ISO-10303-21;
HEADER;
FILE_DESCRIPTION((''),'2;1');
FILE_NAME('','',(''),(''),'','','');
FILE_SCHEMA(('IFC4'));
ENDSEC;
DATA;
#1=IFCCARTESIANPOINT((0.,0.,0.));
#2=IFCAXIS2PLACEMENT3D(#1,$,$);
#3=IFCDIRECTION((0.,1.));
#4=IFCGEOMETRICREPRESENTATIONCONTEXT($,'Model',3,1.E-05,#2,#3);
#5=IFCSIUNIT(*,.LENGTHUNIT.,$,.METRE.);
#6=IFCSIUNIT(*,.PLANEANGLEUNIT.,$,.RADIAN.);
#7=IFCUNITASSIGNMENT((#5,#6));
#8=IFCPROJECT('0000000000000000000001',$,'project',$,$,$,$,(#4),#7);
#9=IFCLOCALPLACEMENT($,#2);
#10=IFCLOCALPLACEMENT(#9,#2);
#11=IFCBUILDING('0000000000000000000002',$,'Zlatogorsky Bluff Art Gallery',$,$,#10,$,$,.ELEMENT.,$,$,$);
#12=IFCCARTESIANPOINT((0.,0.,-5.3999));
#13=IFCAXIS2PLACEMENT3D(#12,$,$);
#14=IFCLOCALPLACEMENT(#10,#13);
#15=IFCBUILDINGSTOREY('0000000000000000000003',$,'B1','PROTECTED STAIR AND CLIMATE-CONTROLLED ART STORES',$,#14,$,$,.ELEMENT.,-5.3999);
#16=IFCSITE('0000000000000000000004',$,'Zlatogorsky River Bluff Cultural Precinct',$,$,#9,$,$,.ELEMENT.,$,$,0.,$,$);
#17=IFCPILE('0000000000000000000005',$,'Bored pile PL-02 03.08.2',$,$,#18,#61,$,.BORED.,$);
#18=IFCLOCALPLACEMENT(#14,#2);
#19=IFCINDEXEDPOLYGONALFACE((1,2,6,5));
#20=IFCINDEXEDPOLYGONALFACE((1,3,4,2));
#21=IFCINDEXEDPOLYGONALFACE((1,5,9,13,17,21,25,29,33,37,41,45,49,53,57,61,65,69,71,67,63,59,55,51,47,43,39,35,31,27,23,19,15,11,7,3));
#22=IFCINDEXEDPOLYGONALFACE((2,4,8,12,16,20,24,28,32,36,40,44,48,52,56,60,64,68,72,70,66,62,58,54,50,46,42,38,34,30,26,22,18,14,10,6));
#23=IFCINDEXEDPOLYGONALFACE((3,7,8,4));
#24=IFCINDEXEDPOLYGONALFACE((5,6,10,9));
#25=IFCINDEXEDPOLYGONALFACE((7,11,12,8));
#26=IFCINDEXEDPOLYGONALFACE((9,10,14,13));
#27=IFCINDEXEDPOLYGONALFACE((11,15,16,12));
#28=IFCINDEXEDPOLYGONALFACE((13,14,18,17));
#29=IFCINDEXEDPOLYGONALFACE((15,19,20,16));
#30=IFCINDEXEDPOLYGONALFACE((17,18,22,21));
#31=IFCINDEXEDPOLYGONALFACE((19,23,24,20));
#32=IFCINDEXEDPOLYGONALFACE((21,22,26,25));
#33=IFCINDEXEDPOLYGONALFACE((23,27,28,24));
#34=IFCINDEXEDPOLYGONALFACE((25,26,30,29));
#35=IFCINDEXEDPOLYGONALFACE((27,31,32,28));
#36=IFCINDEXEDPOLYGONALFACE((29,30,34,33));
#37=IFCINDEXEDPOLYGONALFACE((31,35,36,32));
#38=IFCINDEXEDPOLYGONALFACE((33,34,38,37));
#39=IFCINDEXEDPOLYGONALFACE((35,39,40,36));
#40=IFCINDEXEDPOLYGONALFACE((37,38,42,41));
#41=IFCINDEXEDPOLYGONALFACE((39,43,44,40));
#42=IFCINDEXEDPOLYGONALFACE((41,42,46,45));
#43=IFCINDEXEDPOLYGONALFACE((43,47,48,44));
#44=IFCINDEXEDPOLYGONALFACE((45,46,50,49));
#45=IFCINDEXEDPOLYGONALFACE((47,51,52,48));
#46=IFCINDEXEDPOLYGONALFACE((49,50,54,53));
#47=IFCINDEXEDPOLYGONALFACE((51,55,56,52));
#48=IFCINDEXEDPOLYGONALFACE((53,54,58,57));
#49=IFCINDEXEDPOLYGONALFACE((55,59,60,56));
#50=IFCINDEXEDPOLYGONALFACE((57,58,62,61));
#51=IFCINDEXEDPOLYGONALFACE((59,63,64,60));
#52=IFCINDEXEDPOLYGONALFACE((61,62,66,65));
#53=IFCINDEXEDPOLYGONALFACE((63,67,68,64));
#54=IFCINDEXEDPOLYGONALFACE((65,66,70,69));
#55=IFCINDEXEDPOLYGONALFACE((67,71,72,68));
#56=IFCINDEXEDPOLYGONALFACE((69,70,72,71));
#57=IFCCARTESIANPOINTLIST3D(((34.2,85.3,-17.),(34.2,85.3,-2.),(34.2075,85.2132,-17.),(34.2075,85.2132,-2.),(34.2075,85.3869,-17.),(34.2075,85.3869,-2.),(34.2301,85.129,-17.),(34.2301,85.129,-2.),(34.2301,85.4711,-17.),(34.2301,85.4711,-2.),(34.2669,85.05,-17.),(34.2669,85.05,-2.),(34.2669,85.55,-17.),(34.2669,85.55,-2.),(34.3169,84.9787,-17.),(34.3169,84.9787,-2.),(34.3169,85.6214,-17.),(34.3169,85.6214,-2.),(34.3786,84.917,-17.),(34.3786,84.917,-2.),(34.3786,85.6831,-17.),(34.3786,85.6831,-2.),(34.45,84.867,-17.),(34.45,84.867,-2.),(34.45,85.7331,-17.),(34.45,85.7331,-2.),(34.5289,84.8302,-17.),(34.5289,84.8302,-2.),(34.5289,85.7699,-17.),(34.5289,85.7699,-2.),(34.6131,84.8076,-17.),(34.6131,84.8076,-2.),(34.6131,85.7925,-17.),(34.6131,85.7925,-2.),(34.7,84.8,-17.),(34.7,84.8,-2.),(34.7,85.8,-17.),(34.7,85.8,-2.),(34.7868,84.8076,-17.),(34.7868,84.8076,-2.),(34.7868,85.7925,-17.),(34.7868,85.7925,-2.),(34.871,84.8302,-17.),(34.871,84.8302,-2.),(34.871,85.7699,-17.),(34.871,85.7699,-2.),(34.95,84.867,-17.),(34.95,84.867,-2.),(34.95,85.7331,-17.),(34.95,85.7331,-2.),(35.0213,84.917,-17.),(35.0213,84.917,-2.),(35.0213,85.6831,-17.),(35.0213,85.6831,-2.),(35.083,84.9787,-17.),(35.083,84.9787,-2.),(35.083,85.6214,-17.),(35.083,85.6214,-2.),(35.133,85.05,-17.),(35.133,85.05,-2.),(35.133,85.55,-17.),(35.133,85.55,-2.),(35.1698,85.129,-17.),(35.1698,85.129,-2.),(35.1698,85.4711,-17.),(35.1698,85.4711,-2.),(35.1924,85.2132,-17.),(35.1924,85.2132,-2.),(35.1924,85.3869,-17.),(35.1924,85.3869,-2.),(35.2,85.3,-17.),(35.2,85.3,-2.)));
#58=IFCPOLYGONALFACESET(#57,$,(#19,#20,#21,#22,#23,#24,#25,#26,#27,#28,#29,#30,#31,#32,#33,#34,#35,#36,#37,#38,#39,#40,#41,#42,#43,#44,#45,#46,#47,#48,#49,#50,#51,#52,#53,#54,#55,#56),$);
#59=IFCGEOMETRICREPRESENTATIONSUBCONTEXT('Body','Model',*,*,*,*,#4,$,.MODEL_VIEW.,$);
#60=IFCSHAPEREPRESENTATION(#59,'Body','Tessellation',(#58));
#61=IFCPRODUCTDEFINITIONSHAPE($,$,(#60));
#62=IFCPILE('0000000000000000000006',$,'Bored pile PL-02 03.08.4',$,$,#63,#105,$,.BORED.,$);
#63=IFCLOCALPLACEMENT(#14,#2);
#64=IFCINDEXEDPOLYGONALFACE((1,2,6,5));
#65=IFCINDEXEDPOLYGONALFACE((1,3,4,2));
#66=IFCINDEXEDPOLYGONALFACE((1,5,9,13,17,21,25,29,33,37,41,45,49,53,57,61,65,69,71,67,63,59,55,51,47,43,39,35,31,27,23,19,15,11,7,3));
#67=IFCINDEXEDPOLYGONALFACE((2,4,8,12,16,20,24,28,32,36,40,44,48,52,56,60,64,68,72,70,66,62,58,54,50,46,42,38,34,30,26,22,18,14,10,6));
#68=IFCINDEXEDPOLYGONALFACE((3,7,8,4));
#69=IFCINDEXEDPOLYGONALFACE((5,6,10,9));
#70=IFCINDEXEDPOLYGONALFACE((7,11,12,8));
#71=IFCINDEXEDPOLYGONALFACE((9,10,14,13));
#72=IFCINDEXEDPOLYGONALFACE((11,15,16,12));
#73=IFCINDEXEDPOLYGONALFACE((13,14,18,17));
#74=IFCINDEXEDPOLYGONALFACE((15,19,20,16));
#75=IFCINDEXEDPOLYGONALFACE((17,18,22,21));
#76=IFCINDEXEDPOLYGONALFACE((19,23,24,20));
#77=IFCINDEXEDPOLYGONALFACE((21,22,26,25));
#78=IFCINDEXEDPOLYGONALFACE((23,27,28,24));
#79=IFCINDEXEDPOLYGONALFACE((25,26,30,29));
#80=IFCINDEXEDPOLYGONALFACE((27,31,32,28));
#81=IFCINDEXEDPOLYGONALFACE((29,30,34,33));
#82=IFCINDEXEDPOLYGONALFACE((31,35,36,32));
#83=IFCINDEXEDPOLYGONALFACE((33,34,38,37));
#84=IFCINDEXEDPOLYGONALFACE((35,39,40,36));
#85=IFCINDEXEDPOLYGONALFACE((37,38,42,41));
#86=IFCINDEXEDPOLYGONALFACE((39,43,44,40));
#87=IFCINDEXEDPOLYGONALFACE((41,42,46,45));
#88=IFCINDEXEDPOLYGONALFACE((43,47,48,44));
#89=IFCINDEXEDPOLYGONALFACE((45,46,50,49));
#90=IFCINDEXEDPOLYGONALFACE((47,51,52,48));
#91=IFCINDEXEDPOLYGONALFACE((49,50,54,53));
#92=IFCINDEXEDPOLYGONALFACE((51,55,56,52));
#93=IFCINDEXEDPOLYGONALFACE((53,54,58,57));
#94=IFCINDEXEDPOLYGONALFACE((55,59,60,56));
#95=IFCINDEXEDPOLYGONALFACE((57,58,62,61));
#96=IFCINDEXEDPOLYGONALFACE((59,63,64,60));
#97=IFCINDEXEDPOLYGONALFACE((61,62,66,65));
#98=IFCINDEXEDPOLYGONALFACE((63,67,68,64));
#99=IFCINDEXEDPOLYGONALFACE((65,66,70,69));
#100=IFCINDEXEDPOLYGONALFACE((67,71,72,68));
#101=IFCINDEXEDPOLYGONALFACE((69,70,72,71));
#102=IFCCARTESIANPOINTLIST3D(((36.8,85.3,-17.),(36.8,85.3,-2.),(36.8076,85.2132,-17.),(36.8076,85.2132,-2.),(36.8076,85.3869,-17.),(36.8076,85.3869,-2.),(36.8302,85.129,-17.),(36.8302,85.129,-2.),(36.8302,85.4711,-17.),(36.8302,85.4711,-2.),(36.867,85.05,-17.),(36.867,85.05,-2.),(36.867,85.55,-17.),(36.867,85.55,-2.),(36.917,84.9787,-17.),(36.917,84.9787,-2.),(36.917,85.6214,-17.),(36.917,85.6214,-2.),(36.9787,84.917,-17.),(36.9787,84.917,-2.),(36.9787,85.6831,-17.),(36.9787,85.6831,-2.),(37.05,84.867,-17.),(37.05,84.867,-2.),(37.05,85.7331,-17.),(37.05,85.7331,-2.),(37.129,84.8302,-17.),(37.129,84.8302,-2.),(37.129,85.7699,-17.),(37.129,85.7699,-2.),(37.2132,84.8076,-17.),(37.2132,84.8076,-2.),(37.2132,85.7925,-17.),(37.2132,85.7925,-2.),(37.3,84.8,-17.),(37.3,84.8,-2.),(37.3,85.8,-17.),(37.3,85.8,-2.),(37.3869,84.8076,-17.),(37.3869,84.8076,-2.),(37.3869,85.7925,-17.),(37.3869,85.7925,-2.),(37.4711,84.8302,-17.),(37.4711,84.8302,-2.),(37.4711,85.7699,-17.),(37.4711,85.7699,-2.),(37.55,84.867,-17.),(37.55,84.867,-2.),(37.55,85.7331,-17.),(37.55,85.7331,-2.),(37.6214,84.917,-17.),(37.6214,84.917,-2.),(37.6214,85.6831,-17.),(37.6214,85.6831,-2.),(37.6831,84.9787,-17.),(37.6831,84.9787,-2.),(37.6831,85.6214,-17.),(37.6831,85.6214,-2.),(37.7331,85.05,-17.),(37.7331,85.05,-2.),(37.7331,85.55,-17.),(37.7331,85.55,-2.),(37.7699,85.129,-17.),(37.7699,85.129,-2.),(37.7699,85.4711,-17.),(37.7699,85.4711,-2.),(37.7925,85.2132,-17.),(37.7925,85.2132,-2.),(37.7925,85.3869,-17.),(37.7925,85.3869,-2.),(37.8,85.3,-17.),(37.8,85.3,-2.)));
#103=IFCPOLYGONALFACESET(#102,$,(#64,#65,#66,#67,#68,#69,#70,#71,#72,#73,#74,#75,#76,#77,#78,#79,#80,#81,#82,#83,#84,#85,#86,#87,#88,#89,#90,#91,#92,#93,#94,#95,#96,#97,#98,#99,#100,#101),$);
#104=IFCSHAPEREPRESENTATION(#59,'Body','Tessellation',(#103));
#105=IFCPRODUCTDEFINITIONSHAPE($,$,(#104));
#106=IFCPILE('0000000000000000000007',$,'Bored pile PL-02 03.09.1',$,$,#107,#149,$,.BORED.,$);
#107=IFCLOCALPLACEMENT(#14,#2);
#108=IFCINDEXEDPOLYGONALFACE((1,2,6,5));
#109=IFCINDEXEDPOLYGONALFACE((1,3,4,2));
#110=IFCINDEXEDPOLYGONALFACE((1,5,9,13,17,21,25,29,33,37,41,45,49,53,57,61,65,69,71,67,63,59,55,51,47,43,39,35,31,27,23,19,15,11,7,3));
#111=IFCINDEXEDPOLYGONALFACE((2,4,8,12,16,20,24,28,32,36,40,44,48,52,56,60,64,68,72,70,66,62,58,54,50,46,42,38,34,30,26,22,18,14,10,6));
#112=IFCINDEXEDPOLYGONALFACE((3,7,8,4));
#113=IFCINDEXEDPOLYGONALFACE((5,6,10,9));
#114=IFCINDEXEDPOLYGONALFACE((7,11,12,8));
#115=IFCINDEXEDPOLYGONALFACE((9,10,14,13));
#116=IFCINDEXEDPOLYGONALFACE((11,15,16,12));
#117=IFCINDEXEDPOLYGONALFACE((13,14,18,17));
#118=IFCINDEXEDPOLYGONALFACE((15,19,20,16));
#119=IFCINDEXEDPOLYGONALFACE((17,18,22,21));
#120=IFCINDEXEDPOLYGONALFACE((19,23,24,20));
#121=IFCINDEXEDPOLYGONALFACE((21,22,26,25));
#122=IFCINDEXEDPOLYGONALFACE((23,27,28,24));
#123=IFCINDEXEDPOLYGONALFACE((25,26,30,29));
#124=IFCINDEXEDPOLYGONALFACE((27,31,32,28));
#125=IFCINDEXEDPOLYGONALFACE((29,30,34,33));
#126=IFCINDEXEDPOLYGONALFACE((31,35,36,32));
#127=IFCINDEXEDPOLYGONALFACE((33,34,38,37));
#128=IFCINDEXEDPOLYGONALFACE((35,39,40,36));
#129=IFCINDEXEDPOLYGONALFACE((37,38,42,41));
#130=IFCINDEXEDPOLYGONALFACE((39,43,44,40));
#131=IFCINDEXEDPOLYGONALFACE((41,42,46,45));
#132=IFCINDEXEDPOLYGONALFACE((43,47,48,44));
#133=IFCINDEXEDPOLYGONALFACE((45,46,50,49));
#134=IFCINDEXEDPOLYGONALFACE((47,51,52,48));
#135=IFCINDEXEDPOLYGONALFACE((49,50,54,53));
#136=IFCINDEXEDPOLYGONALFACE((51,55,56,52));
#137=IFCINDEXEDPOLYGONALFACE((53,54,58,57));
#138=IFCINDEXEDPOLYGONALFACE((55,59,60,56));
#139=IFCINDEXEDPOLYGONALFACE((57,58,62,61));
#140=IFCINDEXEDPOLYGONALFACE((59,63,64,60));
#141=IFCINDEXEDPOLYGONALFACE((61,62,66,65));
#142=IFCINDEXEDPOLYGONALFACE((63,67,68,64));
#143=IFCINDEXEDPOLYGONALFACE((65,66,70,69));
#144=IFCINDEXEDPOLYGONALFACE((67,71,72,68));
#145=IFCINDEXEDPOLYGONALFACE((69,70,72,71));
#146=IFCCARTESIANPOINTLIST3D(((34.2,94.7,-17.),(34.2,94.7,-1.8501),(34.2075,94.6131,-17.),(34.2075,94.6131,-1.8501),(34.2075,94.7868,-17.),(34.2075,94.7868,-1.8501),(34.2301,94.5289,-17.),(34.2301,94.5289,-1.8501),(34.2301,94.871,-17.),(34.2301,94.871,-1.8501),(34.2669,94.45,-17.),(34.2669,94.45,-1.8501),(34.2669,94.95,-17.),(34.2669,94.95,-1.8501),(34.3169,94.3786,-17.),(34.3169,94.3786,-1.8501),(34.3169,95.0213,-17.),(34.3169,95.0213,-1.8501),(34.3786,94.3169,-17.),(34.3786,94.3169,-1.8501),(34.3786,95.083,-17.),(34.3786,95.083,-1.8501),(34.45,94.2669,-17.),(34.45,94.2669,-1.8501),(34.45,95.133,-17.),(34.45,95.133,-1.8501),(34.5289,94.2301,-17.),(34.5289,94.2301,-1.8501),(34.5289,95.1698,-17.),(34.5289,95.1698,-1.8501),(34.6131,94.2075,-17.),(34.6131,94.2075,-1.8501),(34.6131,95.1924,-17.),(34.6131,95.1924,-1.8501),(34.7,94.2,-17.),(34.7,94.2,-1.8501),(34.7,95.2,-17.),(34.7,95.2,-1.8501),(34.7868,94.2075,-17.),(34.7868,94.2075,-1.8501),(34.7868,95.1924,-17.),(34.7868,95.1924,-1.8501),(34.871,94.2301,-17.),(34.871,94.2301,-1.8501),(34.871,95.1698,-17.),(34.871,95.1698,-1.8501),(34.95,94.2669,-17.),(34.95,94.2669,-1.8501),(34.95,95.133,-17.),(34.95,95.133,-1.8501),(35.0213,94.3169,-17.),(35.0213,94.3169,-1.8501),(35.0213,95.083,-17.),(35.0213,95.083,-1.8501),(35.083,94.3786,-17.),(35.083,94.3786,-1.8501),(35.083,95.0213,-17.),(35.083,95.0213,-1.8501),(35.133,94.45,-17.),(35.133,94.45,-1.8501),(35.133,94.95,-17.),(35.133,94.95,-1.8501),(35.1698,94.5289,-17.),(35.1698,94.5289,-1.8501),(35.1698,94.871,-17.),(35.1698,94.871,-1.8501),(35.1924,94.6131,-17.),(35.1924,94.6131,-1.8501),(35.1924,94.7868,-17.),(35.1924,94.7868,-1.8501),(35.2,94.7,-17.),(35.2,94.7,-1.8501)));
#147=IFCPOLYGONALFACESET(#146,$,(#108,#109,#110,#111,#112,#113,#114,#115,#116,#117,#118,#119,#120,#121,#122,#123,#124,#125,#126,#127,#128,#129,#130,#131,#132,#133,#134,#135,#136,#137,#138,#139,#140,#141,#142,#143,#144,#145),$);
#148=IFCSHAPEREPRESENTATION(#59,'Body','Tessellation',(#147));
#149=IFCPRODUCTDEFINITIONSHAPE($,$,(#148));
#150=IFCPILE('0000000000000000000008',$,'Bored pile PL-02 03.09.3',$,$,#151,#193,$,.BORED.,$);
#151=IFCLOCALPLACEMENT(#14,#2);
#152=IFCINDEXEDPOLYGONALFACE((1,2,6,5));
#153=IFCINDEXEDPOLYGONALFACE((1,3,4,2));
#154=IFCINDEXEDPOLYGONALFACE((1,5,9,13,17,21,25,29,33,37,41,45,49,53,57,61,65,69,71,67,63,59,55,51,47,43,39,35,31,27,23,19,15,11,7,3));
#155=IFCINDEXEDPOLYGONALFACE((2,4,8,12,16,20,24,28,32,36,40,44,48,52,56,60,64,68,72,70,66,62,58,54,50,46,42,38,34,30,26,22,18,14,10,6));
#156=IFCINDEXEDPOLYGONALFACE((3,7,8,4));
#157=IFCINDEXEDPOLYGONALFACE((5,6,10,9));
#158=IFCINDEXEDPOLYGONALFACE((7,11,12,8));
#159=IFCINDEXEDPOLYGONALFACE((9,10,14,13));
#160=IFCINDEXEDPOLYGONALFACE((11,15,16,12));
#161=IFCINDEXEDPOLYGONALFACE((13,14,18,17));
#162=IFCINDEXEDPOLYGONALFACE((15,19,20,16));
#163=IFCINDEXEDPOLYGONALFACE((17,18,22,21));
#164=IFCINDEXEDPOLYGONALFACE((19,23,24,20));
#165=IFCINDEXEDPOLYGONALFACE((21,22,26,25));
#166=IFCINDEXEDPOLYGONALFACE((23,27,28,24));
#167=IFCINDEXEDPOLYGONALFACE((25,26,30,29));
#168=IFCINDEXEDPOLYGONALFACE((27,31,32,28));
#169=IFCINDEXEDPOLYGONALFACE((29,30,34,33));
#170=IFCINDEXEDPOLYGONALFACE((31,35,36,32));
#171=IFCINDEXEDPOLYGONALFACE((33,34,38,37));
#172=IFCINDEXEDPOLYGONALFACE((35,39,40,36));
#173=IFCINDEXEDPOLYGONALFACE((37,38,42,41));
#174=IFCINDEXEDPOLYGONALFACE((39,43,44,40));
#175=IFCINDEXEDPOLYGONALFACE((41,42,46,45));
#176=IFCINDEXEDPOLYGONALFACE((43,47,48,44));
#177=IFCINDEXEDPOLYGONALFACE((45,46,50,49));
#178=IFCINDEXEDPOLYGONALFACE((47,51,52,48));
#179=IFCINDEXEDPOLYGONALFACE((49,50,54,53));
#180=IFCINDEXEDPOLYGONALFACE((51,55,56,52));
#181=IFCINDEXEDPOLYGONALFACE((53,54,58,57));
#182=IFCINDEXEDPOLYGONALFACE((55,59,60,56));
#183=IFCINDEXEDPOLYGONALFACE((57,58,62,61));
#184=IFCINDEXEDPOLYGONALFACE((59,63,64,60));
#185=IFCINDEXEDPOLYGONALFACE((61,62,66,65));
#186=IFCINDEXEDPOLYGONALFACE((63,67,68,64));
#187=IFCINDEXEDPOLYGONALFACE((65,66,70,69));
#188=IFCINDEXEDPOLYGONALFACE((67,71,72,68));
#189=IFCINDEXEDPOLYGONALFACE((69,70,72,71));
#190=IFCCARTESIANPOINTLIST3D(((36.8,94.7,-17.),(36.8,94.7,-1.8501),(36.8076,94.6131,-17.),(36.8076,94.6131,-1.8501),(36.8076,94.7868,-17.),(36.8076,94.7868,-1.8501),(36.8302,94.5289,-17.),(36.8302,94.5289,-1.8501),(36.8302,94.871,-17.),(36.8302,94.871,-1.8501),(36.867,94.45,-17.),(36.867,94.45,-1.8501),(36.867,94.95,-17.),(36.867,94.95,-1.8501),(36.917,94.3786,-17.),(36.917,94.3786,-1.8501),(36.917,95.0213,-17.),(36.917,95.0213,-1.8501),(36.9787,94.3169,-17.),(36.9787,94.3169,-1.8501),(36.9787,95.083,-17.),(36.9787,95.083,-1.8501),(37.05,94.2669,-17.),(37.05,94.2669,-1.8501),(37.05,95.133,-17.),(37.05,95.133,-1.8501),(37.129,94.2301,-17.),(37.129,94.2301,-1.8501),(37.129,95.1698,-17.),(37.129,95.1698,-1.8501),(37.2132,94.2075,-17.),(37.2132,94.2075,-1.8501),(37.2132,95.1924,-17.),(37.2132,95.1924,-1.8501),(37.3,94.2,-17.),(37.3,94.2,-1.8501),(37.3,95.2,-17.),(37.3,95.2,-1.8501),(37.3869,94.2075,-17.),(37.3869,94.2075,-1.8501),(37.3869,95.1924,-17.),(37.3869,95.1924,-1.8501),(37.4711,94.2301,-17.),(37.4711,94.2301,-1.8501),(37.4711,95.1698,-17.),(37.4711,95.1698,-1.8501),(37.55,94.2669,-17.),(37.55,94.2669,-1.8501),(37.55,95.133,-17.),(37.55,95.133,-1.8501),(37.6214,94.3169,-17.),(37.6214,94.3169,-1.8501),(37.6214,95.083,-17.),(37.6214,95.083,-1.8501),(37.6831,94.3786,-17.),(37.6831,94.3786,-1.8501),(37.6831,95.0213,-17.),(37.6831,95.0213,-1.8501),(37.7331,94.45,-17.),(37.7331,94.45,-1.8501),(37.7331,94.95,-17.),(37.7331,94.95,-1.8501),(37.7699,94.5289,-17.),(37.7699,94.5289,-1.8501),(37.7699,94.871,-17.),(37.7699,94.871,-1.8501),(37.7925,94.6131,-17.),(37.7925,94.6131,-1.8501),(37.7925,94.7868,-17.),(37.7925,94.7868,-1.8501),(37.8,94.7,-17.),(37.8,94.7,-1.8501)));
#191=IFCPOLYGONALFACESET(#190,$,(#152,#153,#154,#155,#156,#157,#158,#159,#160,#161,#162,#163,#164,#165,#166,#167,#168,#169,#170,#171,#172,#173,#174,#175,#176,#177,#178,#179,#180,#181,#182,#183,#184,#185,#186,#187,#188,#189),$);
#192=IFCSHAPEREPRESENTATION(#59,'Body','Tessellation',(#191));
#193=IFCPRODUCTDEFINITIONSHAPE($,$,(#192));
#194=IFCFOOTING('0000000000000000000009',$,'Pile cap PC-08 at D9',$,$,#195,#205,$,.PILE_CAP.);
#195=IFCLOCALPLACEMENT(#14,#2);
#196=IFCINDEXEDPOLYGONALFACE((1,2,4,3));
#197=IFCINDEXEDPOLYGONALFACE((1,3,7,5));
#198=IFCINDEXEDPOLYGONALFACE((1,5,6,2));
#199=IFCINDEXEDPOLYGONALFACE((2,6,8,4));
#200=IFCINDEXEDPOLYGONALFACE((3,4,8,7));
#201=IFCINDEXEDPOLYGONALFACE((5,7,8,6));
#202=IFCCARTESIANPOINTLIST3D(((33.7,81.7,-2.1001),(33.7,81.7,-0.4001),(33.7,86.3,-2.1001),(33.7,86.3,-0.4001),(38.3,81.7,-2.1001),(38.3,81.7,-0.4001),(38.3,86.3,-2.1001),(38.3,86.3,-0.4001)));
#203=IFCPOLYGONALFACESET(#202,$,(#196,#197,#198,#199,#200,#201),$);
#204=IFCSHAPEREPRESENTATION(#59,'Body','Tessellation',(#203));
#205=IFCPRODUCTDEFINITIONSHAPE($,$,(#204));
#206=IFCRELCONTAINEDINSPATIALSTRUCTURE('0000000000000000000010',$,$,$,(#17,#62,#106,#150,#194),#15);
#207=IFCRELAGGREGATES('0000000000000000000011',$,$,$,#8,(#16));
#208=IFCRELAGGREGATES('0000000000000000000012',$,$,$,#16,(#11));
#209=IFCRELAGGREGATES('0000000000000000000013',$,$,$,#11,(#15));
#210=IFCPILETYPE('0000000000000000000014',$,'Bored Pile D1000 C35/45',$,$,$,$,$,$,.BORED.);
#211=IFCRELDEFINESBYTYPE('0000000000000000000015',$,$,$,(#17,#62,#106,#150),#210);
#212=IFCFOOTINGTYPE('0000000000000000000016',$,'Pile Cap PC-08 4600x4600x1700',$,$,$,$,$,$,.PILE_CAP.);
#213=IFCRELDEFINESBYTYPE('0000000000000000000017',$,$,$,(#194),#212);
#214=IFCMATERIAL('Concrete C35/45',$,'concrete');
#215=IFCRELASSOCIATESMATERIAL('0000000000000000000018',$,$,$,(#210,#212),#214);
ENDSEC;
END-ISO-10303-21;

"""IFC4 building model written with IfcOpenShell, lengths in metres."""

from ifc_helpers import new_model, si_unit, direction, frame, origin, origin_2d, place, context, subcontext, project, spatial, rectangle, circle, extrude, material, material_profile, profile_set, type_object, element, save


model = new_model("IFC4")

# Units and contexts
model_context = context("Model", 3, precision=1e-05, world=origin(), true_north=direction((0.0, 1.0)))
body_context = subcontext(model_context, "Body", "Model", "MODEL_VIEW")
ifc_project = project(units=[si_unit("LENGTHUNIT", "METRE"), si_unit("PLANEANGLEUNIT", "RADIAN")], contexts=[model_context])

# Site, building, storey
site_placement = place(None, origin())
site = spatial("IfcSite", under=ifc_project, at=site_placement, Name="Zlatogorsky River Bluff Cultural Precinct", CompositionType="ELEMENT", RefElevation=0.0)
building_placement = place(site_placement, origin())
building = spatial("IfcBuilding", under=site, at=building_placement, Name="Zlatogorsky Bluff Art Gallery", CompositionType="ELEMENT")
storey_placement = place(building_placement, frame((0.0, 0.0, -5.3999)))
storey = spatial("IfcBuildingStorey", under=building, at=storey_placement, Name="B1", Description="PROTECTED STAIR AND CLIMATE-CONTROLLED ART STORES", CompositionType="ELEMENT", Elevation=-5.3999)

# Piles
ifc_material_1 = material(Name="Concrete C35/45", Category="concrete")
ifc_material_profile_1 = material_profile(ifc_material_1, circle(Radius=0.5, at=origin_2d()), Name="BORED PILE D1000")
ifc_profile_set_1 = profile_set([ifc_material_profile_1], Name="Concrete C35/45")
pile_type = type_object("IfcPileType", Name="Bored Pile D1000 C35/45", PredefinedType="BORED", material=ifc_profile_set_1)
for number, where, z_axis, x_axis, name in (
    (1, (34.7, 85.3, -2.0), (0.0, 0.0, -1.0), (1.0, 0.0, 0.0), "Bored pile PL-02 03.08.2"),
    (2, (37.3, 85.3, -2.0), (0.0, 0.0, -1.0), (1.0, 0.0, 0.0), "Bored pile PL-02 03.08.4"),
):
    element("IfcPile", number, at=place(storey_placement, frame(where, z_axis=z_axis, x_axis=x_axis)), inside=storey, type_object=pile_type, Name=name, PredefinedType="BORED", context=body_context, shape_type="SweptSolid", body=[
        extrude(circle(Radius=0.5, at=origin_2d()), origin(), (0.0, 0.0, 1.0), 15.0),
    ])
for number, where, z_axis, x_axis, name in (
    (3, (34.7, 94.7, -1.8501), (0.0, 0.0, -1.0), (1.0, 0.0, 0.0), "Bored pile PL-02 03.09.1"),
    (4, (37.3, 94.7, -1.8501), (0.0, 0.0, -1.0), (1.0, 0.0, 0.0), "Bored pile PL-02 03.09.3"),
):
    element("IfcPile", number, at=place(storey_placement, frame(where, z_axis=z_axis, x_axis=x_axis)), inside=storey, type_object=pile_type, Name=name, PredefinedType="BORED", context=body_context, shape_type="SweptSolid", body=[
        extrude(circle(Radius=0.5, at=origin_2d()), origin(), (0.0, 0.0, 1.0), 15.1499),
    ])

# Footing
footing_type = type_object("IfcFootingType", Name="Pile Cap PC-08 4600x4600x1700", PredefinedType="PILE_CAP", material=ifc_material_1)
footing_placement = place(storey_placement, frame((36.0, 84.0, -2.1001), z_axis=(0.0, 0.0, 1.0), x_axis=(1.0, 0.0, 0.0)))
element("IfcFooting", 5, at=footing_placement, inside=storey, type_object=footing_type, Name="Pile cap PC-08 at D9", PredefinedType="PILE_CAP", context=body_context, shape_type="SweptSolid", body=[
    extrude(rectangle(XDim=4.6001, YDim=4.6001, at=origin_2d()), origin(), (0.0, 0.0, 1.0), 1.7),
])

save(model, "model.ifc")
